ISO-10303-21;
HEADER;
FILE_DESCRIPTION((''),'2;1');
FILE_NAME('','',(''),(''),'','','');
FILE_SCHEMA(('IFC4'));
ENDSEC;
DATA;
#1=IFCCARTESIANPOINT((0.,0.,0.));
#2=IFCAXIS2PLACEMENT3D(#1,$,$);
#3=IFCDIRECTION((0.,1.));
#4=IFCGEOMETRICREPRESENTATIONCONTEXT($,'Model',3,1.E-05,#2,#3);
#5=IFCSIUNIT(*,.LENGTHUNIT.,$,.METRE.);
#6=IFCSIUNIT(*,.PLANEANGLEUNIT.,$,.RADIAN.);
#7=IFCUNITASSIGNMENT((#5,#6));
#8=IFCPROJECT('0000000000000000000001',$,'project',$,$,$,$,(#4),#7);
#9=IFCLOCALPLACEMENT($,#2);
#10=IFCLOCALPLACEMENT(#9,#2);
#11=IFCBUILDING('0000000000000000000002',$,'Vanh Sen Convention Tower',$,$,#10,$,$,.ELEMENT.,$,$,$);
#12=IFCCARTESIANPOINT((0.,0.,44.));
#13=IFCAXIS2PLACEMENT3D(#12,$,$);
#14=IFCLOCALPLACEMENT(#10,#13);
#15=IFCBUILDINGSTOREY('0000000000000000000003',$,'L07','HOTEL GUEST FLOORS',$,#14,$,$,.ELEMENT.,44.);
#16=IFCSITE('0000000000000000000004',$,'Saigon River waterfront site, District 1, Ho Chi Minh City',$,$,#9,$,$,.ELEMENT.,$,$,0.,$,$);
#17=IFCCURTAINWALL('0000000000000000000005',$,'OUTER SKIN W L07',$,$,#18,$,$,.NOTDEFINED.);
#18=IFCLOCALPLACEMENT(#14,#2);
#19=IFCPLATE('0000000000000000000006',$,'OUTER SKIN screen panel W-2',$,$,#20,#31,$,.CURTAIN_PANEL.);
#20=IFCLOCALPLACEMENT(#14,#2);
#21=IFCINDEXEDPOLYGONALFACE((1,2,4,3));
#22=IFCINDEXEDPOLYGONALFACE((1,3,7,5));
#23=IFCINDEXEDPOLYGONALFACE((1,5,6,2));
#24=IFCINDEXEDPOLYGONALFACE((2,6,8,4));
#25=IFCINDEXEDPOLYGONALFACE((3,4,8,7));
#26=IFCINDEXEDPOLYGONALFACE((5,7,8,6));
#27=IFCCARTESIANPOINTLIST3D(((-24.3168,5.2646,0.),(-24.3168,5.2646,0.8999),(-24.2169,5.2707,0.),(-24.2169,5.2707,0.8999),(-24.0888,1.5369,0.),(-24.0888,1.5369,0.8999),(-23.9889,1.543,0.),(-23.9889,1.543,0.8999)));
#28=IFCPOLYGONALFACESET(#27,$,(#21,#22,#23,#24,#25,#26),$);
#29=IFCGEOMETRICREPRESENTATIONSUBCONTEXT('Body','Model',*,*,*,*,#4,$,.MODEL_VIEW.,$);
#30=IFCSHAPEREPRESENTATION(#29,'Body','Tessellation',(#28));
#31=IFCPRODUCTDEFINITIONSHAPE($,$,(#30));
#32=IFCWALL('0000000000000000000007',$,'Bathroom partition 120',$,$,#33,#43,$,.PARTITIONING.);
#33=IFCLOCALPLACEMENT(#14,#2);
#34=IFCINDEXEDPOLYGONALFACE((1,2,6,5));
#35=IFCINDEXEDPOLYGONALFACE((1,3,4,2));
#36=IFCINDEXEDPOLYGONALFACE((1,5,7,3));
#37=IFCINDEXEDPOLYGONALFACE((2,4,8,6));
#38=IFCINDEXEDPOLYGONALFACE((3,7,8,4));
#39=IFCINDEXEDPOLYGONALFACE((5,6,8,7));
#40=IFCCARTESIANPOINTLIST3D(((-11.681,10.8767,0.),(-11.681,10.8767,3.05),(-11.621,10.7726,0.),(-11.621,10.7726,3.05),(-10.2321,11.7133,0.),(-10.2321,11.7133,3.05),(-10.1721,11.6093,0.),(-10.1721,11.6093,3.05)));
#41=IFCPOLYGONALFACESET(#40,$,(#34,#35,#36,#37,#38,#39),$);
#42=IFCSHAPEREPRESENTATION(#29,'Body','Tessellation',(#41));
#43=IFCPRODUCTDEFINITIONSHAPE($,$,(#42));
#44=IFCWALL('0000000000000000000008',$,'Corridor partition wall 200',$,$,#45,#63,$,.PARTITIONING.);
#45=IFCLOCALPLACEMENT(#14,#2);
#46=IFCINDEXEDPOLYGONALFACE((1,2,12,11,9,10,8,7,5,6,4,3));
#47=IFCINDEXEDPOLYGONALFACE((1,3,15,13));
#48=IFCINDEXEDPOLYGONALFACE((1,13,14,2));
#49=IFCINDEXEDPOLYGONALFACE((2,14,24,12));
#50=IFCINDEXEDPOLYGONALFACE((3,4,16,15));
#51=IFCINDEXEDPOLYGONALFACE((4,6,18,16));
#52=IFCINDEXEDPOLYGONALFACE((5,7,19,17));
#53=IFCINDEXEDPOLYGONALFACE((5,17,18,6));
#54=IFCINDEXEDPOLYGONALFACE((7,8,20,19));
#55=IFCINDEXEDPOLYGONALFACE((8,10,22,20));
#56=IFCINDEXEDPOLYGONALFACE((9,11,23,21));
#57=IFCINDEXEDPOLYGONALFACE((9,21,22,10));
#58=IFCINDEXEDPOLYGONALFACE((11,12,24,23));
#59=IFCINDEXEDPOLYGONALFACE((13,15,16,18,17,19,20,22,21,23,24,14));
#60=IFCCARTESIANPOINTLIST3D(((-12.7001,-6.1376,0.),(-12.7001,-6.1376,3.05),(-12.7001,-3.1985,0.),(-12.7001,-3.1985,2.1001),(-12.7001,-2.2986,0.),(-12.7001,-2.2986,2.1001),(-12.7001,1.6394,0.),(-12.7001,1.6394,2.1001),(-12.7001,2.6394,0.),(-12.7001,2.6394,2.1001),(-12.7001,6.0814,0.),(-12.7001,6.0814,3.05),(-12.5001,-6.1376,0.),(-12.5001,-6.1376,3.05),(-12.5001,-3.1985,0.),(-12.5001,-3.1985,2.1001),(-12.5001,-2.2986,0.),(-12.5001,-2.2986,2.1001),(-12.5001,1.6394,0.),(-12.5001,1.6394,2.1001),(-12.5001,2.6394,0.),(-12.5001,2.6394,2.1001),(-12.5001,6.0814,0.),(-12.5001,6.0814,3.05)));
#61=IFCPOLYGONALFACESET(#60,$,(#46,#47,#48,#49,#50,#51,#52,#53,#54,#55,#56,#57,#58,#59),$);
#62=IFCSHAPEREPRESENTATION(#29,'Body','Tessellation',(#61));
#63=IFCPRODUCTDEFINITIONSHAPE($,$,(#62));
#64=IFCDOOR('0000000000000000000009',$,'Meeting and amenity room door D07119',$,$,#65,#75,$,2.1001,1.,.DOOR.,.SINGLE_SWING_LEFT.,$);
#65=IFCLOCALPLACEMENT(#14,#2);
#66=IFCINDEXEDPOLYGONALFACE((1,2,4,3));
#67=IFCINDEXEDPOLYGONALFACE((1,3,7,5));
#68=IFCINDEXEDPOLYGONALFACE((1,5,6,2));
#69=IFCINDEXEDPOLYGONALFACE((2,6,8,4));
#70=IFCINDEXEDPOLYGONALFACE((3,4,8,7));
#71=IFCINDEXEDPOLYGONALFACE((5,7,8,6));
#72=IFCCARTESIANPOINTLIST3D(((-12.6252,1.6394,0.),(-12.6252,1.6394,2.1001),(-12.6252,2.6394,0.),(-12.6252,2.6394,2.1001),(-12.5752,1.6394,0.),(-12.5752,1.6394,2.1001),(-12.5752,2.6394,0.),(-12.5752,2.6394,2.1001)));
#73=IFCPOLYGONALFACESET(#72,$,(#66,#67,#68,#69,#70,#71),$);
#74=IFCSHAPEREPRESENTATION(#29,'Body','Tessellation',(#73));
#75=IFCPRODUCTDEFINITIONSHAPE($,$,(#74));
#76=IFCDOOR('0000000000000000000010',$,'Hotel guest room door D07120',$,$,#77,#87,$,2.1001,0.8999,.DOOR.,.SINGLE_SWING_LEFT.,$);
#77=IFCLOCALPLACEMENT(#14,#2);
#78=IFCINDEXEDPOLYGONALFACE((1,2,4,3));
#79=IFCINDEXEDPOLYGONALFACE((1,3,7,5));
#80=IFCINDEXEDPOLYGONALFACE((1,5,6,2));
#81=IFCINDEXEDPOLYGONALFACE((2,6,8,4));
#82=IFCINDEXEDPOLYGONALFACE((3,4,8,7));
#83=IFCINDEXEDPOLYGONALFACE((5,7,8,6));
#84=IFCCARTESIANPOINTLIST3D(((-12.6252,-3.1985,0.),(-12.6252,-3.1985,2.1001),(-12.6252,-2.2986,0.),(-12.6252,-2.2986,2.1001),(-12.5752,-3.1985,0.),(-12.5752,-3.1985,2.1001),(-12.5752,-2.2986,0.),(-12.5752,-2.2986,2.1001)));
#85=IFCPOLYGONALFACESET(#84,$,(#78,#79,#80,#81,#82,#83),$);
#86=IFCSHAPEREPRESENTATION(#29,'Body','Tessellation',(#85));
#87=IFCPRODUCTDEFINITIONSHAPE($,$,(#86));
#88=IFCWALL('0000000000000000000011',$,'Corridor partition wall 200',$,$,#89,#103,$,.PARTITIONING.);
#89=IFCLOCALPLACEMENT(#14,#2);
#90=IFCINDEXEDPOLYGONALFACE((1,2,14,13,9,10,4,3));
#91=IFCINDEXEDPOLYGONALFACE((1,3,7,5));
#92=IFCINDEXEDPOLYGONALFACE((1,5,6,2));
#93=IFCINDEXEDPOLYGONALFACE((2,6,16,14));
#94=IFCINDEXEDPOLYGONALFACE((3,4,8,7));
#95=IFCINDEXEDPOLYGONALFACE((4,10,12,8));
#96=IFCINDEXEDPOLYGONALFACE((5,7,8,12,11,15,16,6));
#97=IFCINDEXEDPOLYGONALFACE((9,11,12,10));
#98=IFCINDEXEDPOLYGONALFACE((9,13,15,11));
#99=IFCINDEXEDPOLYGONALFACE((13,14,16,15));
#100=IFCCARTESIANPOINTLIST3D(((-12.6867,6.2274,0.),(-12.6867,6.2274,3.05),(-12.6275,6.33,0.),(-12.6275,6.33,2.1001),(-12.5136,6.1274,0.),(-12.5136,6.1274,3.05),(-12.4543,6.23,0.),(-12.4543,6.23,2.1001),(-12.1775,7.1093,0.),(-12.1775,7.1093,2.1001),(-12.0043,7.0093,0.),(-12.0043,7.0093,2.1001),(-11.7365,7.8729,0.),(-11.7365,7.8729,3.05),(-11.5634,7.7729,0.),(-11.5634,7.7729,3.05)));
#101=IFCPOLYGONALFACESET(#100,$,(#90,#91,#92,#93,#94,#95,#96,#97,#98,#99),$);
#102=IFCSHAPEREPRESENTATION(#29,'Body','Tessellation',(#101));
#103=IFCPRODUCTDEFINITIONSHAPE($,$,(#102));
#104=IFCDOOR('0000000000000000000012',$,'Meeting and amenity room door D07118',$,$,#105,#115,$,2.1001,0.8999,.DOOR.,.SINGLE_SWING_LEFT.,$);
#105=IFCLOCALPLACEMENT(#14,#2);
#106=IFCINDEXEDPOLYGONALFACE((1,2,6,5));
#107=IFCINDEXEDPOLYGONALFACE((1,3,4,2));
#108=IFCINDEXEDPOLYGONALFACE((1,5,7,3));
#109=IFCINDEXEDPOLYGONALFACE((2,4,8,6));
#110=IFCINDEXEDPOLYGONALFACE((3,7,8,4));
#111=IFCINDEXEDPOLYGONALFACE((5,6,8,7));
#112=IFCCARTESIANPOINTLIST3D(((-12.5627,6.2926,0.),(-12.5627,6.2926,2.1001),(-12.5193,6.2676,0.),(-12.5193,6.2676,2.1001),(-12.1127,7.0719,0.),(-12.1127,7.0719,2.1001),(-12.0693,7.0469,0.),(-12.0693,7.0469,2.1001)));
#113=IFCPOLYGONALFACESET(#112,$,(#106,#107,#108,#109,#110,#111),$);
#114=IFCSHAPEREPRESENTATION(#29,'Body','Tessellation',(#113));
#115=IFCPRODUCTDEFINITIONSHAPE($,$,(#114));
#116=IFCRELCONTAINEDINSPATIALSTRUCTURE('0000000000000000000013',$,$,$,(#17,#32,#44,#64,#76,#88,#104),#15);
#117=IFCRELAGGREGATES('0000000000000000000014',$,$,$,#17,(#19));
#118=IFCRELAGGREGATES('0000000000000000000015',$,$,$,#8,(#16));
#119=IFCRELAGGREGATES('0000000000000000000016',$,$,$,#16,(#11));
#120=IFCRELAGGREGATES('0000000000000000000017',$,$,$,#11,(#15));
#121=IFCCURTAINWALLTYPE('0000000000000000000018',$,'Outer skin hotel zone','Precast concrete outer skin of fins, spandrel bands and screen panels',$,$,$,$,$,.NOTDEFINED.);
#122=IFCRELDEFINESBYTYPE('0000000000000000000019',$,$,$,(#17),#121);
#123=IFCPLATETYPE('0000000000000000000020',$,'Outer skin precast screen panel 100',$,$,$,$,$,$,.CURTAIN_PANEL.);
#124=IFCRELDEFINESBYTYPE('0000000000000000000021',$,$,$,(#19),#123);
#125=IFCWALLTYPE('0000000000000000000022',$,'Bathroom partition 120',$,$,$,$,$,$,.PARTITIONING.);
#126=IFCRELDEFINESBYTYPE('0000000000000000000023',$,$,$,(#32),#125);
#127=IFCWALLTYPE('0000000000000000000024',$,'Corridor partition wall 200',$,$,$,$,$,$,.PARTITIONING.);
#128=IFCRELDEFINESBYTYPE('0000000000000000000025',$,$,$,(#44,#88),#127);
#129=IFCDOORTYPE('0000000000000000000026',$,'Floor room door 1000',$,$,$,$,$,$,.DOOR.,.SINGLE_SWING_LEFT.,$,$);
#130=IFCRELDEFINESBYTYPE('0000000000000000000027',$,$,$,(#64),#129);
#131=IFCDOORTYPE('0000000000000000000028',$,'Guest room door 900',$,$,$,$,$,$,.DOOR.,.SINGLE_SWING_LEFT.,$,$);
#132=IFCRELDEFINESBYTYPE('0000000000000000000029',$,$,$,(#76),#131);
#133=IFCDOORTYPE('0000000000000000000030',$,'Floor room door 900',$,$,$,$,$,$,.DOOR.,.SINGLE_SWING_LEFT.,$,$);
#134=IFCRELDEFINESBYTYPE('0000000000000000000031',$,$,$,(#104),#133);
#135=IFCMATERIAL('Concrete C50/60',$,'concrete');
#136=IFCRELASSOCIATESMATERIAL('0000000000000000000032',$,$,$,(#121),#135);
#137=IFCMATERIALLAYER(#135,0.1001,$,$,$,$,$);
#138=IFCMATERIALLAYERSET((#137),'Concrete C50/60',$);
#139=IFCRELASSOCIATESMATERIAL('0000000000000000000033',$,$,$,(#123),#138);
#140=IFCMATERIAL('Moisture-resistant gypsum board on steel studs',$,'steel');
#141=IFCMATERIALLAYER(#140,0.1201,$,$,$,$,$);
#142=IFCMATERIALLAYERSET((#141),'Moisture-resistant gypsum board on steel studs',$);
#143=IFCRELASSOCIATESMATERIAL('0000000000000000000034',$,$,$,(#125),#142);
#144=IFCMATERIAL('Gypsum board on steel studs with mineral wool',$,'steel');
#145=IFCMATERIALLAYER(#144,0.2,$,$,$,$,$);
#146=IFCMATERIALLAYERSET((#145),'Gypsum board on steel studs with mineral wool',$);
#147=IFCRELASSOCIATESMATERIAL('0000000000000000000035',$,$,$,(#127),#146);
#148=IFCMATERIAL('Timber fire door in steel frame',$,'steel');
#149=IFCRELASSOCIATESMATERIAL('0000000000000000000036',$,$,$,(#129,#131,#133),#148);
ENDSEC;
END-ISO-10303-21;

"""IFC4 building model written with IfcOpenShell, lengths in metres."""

from ifc_helpers import new_model, si_unit, direction, frame, frame_2d, origin, origin_2d, place, context, subcontext, project, spatial, rectangle, extrude, material, layer, layer_set, type_object, element, fill, aggregate, save


model = new_model("IFC4")

# Units and contexts
model_context = context("Model", 3, precision=1e-05, world=origin(), true_north=direction((0.0, 1.0)))
body_context = subcontext(model_context, "Body", "Model", "MODEL_VIEW")
ifc_project = project(units=[si_unit("LENGTHUNIT", "METRE"), si_unit("PLANEANGLEUNIT", "RADIAN")], contexts=[model_context])

# Site, building, storey
site_placement = place(None, origin())
site = spatial("IfcSite", under=ifc_project, at=site_placement, Name="Saigon River waterfront site, District 1, Ho Chi Minh City", CompositionType="ELEMENT", RefElevation=0.0)
building_placement = place(site_placement, origin())
building = spatial("IfcBuilding", under=site, at=building_placement, Name="Vanh Sen Convention Tower", CompositionType="ELEMENT")
storey_placement = place(building_placement, frame((0.0, 0.0, 44.0)))
storey = spatial("IfcBuildingStorey", under=building, at=storey_placement, Name="L07", Description="HOTEL GUEST FLOORS", CompositionType="ELEMENT", Elevation=44.0)

# Curtain wall
ifc_material_1 = material(Name="Concrete C50/60", Category="concrete")
curtain_wall_type = type_object("IfcCurtainWallType", Name="Outer skin hotel zone", Description="Precast concrete outer skin of fins, spandrel bands and screen panels", PredefinedType="NOTDEFINED", material=ifc_material_1)
curtain_wall_1_placement = place(storey_placement, origin())
curtain_wall_1 = element("IfcCurtainWall", 1, at=curtain_wall_1_placement, inside=storey, type_object=curtain_wall_type, Name="OUTER SKIN W L07", PredefinedType="NOTDEFINED")

# Shared definitions
ifc_layer_1 = layer(ifc_material_1, 0.1001)
ifc_layer_set_1 = layer_set([ifc_layer_1], Name="Concrete C50/60")
plate_type = type_object("IfcPlateType", Name="Outer skin precast screen panel 100", PredefinedType="CURTAIN_PANEL", material=ifc_layer_set_1)

# Plate
plate_1_placement = place(storey_placement, frame((-24.1528, 3.4038, 0.0), z_axis=(0.0, 0.0, 1.0), x_axis=(0.061049, -0.998135, 0.0)))
plate_1 = element("IfcPlate", 2, at=plate_1_placement, type_object=plate_type, Name="OUTER SKIN screen panel W-2", PredefinedType="CURTAIN_PANEL", context=body_context, shape_type="SweptSolid", body=[
    extrude(rectangle(XDim=3.7346, YDim=0.1001, at=origin_2d()), origin(), (0.0, 0.0, 1.0), 0.8999),
])
aggregate(curtain_wall_1, [plate_1])

# Wall
ifc_material_2 = material(Name="Moisture-resistant gypsum board on steel studs", Category="steel")
ifc_layer_2 = layer(ifc_material_2, 0.1201)
ifc_layer_set_2 = layer_set([ifc_layer_2], Name="Moisture-resistant gypsum board on steel studs")
wall_type_1 = type_object("IfcWallType", Name="Bathroom partition 120", PredefinedType="PARTITIONING", material=ifc_layer_set_2)
wall_1_placement = place(storey_placement, frame((-11.6509, 10.8247, 0.0), z_axis=(0.0, 0.0, 1.0), x_axis=(0.865998, 0.500047, 0.0)))
element("IfcWall", 3, at=wall_1_placement, inside=storey, type_object=wall_type_1, Name="Bathroom partition 120", PredefinedType="PARTITIONING", context=body_context, shape_type="SweptSolid", body=[
    extrude(rectangle(XDim=1.6731, YDim=0.1201, at=frame_2d((0.8364, 0.0))), origin(), (0.0, 0.0, 1.0), 3.05),
])

# Wall, openings, doors
ifc_material_3 = material(Name="Gypsum board on steel studs with mineral wool", Category="steel")
ifc_layer_3 = layer(ifc_material_3, 0.2)
ifc_layer_set_3 = layer_set([ifc_layer_3], Name="Gypsum board on steel studs with mineral wool")
wall_type_2 = type_object("IfcWallType", Name="Corridor partition wall 200", PredefinedType="PARTITIONING", material=ifc_layer_set_3)
wall_2_placement = place(storey_placement, frame((-12.6001, 6.0813, 0.0), z_axis=(0.0, 0.0, 1.0), x_axis=(0.0, -1.0, 0.0)))
wall_2 = element("IfcWall", 4, at=wall_2_placement, inside=storey, type_object=wall_type_2, Name="Corridor partition wall 200", PredefinedType="PARTITIONING", context=body_context, shape_type="SweptSolid", body=[
    extrude(rectangle(XDim=12.219, YDim=0.2, at=frame_2d((6.1094, 0.0))), origin(), (0.0, 0.0, 1.0), 3.05),
])
opening_1_placement = place(wall_2_placement, frame((3.4419, 0.0, 0.0)))
opening_1 = element("IfcOpeningElement", 5, at=opening_1_placement, cuts=wall_2, PredefinedType="OPENING", context=body_context, shape_type="SweptSolid", body=[
    extrude(rectangle(XDim=1.0, YDim=2.1001, at=frame_2d((0.5, 1.05))), frame((0.0, 0.1099, 0.0), z_axis=(0.0, -1.0, 0.0), x_axis=(1.0, 0.0, 0.0)), (0.0, 0.0, 1.0), 0.22),
])
opening_2_placement = place(wall_2_placement, frame((8.3799, 0.0, 0.0)))
opening_2 = element("IfcOpeningElement", 6, at=opening_2_placement, cuts=wall_2, PredefinedType="OPENING", context=body_context, shape_type="SweptSolid", body=[
    extrude(rectangle(XDim=0.8999, YDim=2.1001, at=frame_2d((0.45, 1.05))), frame((0.0, 0.1099, 0.0), z_axis=(0.0, -1.0, 0.0), x_axis=(1.0, 0.0, 0.0)), (0.0, 0.0, 1.0), 0.22),
])
ifc_material_4 = material(Name="Timber fire door in steel frame", Category="steel")
door_type_1 = type_object("IfcDoorType", Name="Floor room door 1000", OperationType="SINGLE_SWING_LEFT", PredefinedType="DOOR", material=ifc_material_4)
door_1_placement = place(opening_1_placement, origin())
door_1 = element("IfcDoor", 7, at=door_1_placement, inside=storey, type_object=door_type_1, Name="Meeting and amenity room door D07119", OperationType="SINGLE_SWING_LEFT", OverallHeight=2.1001, OverallWidth=1.0, PredefinedType="DOOR", context=body_context, shape_type="SweptSolid", body=[
    extrude(rectangle(XDim=1.0, YDim=2.1001, at=frame_2d((0.5, 1.05))), frame((0.0, 0.0249, 0.0), z_axis=(0.0, -1.0, 0.0), x_axis=(1.0, 0.0, 0.0)), (0.0, 0.0, 1.0), 0.05),
])
fill(opening_1, door_1)
door_type_2 = type_object("IfcDoorType", Name="Guest room door 900", OperationType="SINGLE_SWING_LEFT", PredefinedType="DOOR", material=ifc_material_4)
door_2_placement = place(opening_2_placement, origin())
door_2 = element("IfcDoor", 8, at=door_2_placement, inside=storey, type_object=door_type_2, Name="Hotel guest room door D07120", OperationType="SINGLE_SWING_LEFT", OverallHeight=2.1001, OverallWidth=0.8999, PredefinedType="DOOR", context=body_context, shape_type="SweptSolid", body=[
    extrude(rectangle(XDim=0.8999, YDim=2.1001, at=frame_2d((0.45, 1.05))), frame((0.0, 0.0249, 0.0), z_axis=(0.0, -1.0, 0.0), x_axis=(1.0, 0.0, 0.0)), (0.0, 0.0, 1.0), 0.05),
])
fill(opening_2, door_2)

# Wall, opening, door
wall_3_placement = place(storey_placement, frame((-11.6499, 7.823, 0.0), z_axis=(0.0, 0.0, 1.0), x_axis=(-0.500064, -0.865989, 0.0)))
wall_3 = element("IfcWall", 9, at=wall_3_placement, inside=storey, type_object=wall_type_2, Name="Corridor partition wall 200", PredefinedType="PARTITIONING", context=body_context, shape_type="SweptSolid", body=[
    extrude(rectangle(XDim=1.9001, YDim=0.2, at=frame_2d((0.9502, 0.0))), origin(), (0.0, 0.0, 1.0), 3.05),
])
opening_3_placement = place(wall_3_placement, frame((0.8818, 0.0, 0.0)))
opening_3 = element("IfcOpeningElement", 10, at=opening_3_placement, cuts=wall_3, PredefinedType="OPENING", context=body_context, shape_type="SweptSolid", body=[
    extrude(rectangle(XDim=0.8999, YDim=2.1001, at=frame_2d((0.45, 1.05))), frame((0.0, 0.1099, 0.0), z_axis=(0.0, -1.0, 0.0), x_axis=(1.0, 0.0, 0.0)), (0.0, 0.0, 1.0), 0.22),
])
door_type_3 = type_object("IfcDoorType", Name="Floor room door 900", OperationType="SINGLE_SWING_LEFT", PredefinedType="DOOR", material=ifc_material_4)
door_3_placement = place(opening_3_placement, origin())
door_3 = element("IfcDoor", 11, at=door_3_placement, inside=storey, type_object=door_type_3, Name="Meeting and amenity room door D07118", OperationType="SINGLE_SWING_LEFT", OverallHeight=2.1001, OverallWidth=0.8999, PredefinedType="DOOR", context=body_context, shape_type="SweptSolid", body=[
    extrude(rectangle(XDim=0.8999, YDim=2.1001, at=frame_2d((0.45, 1.05))), frame((0.0, 0.0249, 0.0), z_axis=(0.0, -1.0, 0.0), x_axis=(1.0, 0.0, 0.0)), (0.0, 0.0, 1.0), 0.05),
])
fill(opening_3, door_3)

save(model, "model.ifc")
